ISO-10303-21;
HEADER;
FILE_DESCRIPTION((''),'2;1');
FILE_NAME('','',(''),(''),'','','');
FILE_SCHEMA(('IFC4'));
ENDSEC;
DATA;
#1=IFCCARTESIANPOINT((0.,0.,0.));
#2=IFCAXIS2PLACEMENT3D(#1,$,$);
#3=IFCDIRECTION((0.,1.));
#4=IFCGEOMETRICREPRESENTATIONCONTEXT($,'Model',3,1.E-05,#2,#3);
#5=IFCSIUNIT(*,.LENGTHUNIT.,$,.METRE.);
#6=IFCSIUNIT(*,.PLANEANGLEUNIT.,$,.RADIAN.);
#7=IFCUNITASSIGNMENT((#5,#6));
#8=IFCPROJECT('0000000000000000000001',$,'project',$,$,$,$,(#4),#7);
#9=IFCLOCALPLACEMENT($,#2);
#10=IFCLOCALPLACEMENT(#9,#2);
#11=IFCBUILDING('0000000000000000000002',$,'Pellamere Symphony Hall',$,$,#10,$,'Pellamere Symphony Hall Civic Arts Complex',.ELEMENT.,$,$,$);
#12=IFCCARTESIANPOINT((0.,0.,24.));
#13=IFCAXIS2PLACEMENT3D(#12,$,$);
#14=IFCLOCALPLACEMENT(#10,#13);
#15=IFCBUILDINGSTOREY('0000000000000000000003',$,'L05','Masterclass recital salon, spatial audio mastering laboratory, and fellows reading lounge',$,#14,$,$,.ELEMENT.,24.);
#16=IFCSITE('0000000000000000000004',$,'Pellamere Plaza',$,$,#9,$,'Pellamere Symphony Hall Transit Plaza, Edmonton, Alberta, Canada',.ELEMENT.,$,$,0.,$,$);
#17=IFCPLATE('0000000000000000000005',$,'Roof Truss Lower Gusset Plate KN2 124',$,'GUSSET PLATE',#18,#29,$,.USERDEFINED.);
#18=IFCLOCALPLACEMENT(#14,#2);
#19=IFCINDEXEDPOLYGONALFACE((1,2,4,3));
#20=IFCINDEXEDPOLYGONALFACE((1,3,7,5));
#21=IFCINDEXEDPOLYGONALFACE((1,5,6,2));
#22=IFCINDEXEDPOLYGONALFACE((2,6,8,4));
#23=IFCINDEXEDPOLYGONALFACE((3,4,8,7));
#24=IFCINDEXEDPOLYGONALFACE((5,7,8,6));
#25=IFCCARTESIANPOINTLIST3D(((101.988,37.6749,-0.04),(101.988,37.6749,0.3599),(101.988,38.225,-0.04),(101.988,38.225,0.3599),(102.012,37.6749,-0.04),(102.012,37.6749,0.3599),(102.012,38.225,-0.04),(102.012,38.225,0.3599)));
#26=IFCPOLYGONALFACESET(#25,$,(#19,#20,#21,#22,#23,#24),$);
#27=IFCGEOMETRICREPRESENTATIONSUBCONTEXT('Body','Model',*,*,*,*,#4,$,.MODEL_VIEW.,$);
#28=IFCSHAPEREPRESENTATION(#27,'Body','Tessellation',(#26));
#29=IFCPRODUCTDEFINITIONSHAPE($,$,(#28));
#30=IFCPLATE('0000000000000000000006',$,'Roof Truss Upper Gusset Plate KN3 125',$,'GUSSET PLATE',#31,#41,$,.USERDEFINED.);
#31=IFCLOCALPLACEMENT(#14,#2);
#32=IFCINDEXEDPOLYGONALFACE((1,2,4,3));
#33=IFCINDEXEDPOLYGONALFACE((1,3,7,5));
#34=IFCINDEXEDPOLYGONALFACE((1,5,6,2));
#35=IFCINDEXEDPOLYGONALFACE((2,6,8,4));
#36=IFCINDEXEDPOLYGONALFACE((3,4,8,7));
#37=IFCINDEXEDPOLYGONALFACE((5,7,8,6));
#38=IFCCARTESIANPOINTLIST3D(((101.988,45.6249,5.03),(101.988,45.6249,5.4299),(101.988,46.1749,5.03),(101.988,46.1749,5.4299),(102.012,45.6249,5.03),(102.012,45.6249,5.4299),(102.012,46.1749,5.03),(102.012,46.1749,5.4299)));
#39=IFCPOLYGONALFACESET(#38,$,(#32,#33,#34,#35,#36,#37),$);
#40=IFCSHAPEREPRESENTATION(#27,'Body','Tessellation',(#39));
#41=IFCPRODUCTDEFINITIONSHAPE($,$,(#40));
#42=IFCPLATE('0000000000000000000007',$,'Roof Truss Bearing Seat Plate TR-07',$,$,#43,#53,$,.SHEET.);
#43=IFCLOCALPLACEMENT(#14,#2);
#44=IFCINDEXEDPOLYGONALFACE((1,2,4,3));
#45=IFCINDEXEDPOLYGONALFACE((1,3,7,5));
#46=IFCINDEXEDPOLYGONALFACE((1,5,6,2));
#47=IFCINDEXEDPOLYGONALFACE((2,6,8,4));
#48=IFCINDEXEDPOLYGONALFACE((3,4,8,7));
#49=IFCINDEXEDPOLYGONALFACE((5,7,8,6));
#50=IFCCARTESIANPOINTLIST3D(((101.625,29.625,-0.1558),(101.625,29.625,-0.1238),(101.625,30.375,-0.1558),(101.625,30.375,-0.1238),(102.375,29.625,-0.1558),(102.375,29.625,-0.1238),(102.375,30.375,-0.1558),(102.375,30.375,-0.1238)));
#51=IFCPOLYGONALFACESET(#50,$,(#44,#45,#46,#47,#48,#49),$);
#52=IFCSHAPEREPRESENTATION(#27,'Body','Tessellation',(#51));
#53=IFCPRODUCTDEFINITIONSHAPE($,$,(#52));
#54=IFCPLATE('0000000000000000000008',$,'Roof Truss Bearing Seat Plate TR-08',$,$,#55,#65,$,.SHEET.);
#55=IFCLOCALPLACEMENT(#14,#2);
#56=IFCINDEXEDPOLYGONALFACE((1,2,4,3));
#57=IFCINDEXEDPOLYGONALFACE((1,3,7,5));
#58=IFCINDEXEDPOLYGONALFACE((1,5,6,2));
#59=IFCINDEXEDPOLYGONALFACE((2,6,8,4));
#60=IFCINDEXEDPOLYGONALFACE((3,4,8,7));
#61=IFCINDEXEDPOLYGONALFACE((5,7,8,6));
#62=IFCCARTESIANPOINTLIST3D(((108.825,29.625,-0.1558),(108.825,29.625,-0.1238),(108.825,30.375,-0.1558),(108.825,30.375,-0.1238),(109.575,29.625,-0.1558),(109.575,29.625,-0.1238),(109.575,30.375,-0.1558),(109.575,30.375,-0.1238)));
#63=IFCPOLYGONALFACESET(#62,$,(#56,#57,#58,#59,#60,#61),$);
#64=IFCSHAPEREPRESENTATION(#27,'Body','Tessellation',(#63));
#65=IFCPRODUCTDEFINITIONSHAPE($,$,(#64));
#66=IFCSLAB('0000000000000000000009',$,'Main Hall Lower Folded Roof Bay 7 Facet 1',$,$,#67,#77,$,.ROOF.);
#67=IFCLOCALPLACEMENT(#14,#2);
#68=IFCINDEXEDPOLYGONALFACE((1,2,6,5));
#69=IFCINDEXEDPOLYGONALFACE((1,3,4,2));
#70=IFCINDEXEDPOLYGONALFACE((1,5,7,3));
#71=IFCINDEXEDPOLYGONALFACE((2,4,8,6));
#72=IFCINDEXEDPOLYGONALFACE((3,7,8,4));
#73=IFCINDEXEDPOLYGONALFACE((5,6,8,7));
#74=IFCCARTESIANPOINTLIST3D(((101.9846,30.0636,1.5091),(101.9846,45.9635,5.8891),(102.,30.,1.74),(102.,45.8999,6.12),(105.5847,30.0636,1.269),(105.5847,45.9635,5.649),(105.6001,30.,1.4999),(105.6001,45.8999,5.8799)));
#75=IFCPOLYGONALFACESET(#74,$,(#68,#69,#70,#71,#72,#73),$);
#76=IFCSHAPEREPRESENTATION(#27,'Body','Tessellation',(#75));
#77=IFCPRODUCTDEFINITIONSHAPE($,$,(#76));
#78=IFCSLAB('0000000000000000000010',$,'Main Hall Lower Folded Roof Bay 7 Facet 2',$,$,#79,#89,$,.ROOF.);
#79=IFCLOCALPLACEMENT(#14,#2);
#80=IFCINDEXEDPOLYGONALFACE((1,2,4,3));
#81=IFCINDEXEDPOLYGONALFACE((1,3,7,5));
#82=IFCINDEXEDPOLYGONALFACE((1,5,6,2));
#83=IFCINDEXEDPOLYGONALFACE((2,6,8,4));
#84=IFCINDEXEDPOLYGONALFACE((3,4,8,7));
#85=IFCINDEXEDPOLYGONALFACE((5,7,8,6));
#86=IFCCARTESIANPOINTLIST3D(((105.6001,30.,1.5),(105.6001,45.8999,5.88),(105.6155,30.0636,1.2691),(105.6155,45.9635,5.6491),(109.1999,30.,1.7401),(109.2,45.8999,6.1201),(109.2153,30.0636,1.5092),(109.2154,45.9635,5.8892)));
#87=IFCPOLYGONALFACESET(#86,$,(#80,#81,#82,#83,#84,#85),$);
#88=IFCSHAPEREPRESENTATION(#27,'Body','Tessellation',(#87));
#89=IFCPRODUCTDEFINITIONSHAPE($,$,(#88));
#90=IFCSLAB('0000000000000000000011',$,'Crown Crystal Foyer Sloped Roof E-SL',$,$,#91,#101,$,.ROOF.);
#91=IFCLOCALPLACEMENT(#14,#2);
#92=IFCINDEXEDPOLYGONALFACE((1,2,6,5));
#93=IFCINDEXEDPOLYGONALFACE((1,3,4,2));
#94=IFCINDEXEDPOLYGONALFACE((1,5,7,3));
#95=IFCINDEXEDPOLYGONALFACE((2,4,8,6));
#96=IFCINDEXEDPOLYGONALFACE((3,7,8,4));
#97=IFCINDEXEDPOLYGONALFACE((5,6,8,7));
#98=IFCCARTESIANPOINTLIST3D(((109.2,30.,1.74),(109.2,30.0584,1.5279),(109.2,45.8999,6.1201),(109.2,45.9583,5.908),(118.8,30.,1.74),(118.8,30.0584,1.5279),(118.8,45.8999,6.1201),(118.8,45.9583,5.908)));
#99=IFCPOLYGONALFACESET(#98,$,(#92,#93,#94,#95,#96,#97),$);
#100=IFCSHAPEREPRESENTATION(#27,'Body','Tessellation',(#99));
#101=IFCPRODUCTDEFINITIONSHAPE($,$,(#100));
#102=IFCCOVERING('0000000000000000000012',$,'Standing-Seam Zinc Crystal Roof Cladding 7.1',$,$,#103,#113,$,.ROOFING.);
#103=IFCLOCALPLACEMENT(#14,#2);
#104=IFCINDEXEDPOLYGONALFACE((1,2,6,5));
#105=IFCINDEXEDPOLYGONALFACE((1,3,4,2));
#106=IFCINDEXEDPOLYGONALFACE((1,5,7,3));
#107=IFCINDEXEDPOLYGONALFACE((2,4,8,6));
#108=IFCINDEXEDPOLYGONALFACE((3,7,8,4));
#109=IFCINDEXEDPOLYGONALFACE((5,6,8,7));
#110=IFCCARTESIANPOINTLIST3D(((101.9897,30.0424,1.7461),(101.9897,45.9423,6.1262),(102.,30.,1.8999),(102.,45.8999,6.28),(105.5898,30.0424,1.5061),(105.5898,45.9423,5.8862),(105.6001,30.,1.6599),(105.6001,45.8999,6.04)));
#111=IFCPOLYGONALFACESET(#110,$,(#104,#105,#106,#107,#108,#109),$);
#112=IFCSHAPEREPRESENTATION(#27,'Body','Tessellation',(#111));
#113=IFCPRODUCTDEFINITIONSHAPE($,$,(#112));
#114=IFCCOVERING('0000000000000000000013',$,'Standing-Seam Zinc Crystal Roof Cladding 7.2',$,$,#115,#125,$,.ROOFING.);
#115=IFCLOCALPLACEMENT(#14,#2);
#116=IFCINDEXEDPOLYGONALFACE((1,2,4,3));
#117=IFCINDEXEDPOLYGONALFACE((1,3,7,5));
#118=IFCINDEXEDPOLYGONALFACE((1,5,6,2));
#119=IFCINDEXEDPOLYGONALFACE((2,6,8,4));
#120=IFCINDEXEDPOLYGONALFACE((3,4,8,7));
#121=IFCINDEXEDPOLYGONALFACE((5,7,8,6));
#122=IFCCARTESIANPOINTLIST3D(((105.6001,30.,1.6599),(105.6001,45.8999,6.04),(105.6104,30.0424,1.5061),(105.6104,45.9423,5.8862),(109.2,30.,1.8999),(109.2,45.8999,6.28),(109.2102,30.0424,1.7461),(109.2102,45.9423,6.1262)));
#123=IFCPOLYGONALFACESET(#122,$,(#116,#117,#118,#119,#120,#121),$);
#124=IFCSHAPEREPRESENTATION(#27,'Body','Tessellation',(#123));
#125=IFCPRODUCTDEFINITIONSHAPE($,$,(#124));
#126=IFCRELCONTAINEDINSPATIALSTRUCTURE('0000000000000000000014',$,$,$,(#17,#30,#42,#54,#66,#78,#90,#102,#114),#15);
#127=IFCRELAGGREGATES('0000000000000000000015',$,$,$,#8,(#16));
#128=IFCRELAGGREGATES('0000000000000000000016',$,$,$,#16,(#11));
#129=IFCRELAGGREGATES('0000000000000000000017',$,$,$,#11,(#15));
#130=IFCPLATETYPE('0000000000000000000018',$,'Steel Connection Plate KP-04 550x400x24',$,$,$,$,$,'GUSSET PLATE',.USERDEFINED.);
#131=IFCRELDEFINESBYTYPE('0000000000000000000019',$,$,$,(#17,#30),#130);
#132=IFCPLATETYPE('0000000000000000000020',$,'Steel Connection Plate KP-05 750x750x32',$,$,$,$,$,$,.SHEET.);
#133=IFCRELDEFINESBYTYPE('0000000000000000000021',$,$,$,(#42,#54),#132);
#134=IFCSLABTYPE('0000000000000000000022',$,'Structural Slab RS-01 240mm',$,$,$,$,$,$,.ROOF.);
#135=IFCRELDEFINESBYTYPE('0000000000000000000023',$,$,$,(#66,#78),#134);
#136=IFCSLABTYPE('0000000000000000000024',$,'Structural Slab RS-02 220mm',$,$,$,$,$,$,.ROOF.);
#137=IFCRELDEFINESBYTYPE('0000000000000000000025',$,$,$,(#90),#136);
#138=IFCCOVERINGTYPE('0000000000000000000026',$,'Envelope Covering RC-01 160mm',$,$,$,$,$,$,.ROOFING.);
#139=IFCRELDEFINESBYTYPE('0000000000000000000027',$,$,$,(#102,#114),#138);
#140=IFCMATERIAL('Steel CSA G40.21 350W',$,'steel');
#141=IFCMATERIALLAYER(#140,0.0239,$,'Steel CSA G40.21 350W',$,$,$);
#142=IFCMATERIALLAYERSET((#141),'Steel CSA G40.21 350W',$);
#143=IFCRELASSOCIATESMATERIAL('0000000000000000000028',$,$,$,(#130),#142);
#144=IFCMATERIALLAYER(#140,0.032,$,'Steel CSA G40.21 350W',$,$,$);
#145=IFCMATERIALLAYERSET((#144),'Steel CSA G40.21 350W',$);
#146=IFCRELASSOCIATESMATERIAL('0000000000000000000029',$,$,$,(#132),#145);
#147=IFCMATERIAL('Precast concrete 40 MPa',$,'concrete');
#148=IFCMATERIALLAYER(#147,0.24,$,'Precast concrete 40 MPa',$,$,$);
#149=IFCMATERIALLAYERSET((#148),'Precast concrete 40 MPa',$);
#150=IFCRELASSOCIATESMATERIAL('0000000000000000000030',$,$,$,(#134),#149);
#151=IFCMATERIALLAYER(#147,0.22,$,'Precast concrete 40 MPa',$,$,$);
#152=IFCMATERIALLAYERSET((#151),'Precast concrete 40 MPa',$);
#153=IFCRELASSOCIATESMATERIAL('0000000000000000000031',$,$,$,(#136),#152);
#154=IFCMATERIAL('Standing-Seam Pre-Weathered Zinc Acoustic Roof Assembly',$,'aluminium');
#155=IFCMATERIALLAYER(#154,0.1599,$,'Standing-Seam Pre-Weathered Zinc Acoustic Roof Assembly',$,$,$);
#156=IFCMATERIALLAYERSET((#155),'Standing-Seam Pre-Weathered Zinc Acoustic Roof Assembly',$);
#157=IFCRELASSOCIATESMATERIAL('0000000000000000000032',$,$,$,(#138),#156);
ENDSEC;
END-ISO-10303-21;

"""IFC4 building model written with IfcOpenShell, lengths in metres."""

from ifc_helpers import new_model, si_unit, direction, frame, origin, origin_2d, place, context, subcontext, project, spatial, polyline, rectangle, outline, extrude, material, layer, layer_set, type_object, element, save


model = new_model("IFC4")

# Units and contexts
model_context = context("Model", 3, precision=1e-05, world=origin(), true_north=direction((0.0, 1.0)))
body_context = subcontext(model_context, "Body", "Model", "MODEL_VIEW")
ifc_project = project(units=[si_unit("LENGTHUNIT", "METRE"), si_unit("PLANEANGLEUNIT", "RADIAN")], contexts=[model_context])

# Site, building, storey
site_placement = place(None, origin())
site = spatial("IfcSite", under=ifc_project, at=site_placement, Name="Pellamere Plaza", LongName="Pellamere Symphony Hall Transit Plaza, Edmonton, Alberta, Canada", CompositionType="ELEMENT", RefElevation=0.0)
building_placement = place(site_placement, origin())
building = spatial("IfcBuilding", under=site, at=building_placement, Name="Pellamere Symphony Hall", LongName="Pellamere Symphony Hall Civic Arts Complex", CompositionType="ELEMENT")
storey_placement = place(building_placement, frame((0.0, 0.0, 24.0)))
storey = spatial("IfcBuildingStorey", under=building, at=storey_placement, Name="L05", Description="Masterclass recital salon, spatial audio mastering laboratory, and fellows reading lounge", CompositionType="ELEMENT", Elevation=24.0)

# Shared definitions
ifc_material_1 = material(Name="Steel CSA G40.21 350W", Category="steel")

# Plates
ifc_layer_1 = layer(ifc_material_1, 0.0239, Name="Steel CSA G40.21 350W")
ifc_layer_set_1 = layer_set([ifc_layer_1], Name="Steel CSA G40.21 350W")
plate_type_1 = type_object("IfcPlateType", Name="Steel Connection Plate KP-04 550x400x24", ElementType="GUSSET PLATE", PredefinedType="USERDEFINED", material=ifc_layer_set_1)
for number, where, z_axis, x_axis, name in (
    (1, (102.0, 37.95, -0.04), (0.0, 0.0, 1.0), (1.0, 0.0, 0.0), "Roof Truss Lower Gusset Plate KN2 124"),
    (2, (102.0, 45.8999, 5.03), (0.0, 0.0, 1.0), (1.0, 0.0, 0.0), "Roof Truss Upper Gusset Plate KN3 125"),
):
    element("IfcPlate", number, at=place(storey_placement, frame(where, z_axis=z_axis, x_axis=x_axis)), inside=storey, type_object=plate_type_1, Name=name, ObjectType="GUSSET PLATE", PredefinedType="USERDEFINED", context=body_context, shape_type="SweptSolid", body=[
        extrude(rectangle(XDim=0.0239, YDim=0.55, at=origin_2d()), origin(), (0.0, 0.0, 1.0), 0.3999),
    ])
ifc_layer_2 = layer(ifc_material_1, 0.032, Name="Steel CSA G40.21 350W")
ifc_layer_set_2 = layer_set([ifc_layer_2], Name="Steel CSA G40.21 350W")
plate_type_2 = type_object("IfcPlateType", Name="Steel Connection Plate KP-05 750x750x32", PredefinedType="SHEET", material=ifc_layer_set_2)
for number, where, z_axis, x_axis, name in (
    (3, (102.0, 30.0, -0.1558), (0.0, 0.0, 1.0), (1.0, 0.0, 0.0), "Roof Truss Bearing Seat Plate TR-07"),
    (4, (109.2, 30.0, -0.1558), (0.0, 0.0, 1.0), (1.0, 0.0, 0.0), "Roof Truss Bearing Seat Plate TR-08"),
):
    element("IfcPlate", number, at=place(storey_placement, frame(where, z_axis=z_axis, x_axis=x_axis)), inside=storey, type_object=plate_type_2, Name=name, PredefinedType="SHEET", context=body_context, shape_type="SweptSolid", body=[
        extrude(rectangle(XDim=0.75, YDim=0.75, at=origin_2d()), origin(), (0.0, 0.0, 1.0), 0.032),
    ])

# Slabs
ifc_material_2 = material(Name="Precast concrete 40 MPa", Category="concrete")
ifc_layer_3 = layer(ifc_material_2, 0.24, Name="Precast concrete 40 MPa")
ifc_layer_set_3 = layer_set([ifc_layer_3], Name="Precast concrete 40 MPa")
slab_type_1 = type_object("IfcSlabType", Name="Structural Slab RS-01 240mm", PredefinedType="ROOF", material=ifc_layer_set_3)
slab_1_placement = place(storey_placement, frame((102.0, 30.0, 1.74), z_axis=(0.064168, -0.265034, 0.962102), x_axis=(0.997783, 0.000009, -0.066546)))
element("IfcSlab", 5, at=slab_1_placement, inside=storey, type_object=slab_type_1, Name="Main Hall Lower Folded Roof Bay 7 Facet 1", PredefinedType="ROOF", context=body_context, shape_type="SweptSolid", body=[
    extrude(outline(polyline([(0.0, 0.0), (3.6081, 0.0), (3.3168, 16.4896), (-0.2913, 16.4896), (0.0, 0.0)])), origin(), (0.0, 0.0, -1.0), 0.24),
])
slab_2_placement = place(storey_placement, frame((105.6001, 30.0, 1.5), z_axis=(-0.064173, -0.265034, 0.962101), x_axis=(0.997783, -0.000009, 0.06655)))
element("IfcSlab", 6, at=slab_2_placement, inside=storey, type_object=slab_type_1, Name="Main Hall Lower Folded Roof Bay 7 Facet 2", PredefinedType="ROOF", context=body_context, shape_type="SweptSolid", body=[
    extrude(outline(polyline([(0.0, 0.0), (3.6078, 0.0), (3.8992, 16.4896), (0.2913, 16.4896), (0.0, 0.0)])), origin(), (0.0, 0.0, -1.0), 0.24),
])
ifc_layer_4 = layer(ifc_material_2, 0.22, Name="Precast concrete 40 MPa")
ifc_layer_set_4 = layer_set([ifc_layer_4], Name="Precast concrete 40 MPa")
slab_type_2 = type_object("IfcSlabType", Name="Structural Slab RS-02 220mm", PredefinedType="ROOF", material=ifc_layer_set_4)
slab_3_placement = place(storey_placement, frame((109.2, 30.0, 1.74), z_axis=(0.0, -0.265588, 0.964087), x_axis=(1.0, 0.0, 0.0)))
element("IfcSlab", 7, at=slab_3_placement, inside=storey, type_object=slab_type_2, Name="Crown Crystal Foyer Sloped Roof E-SL", PredefinedType="ROOF", context=body_context, shape_type="SweptSolid", body=[
    extrude(outline(polyline([(0.0, 0.0), (9.6001, 0.0), (9.6001, 16.4922), (0.0, 16.4922), (0.0, 0.0)])), origin(), (0.0, 0.0, -1.0), 0.22),
])

# Coverings
ifc_material_3 = material(Name="Standing-Seam Pre-Weathered Zinc Acoustic Roof Assembly", Category="aluminium")
ifc_layer_5 = layer(ifc_material_3, 0.1599, Name="Standing-Seam Pre-Weathered Zinc Acoustic Roof Assembly")
ifc_layer_set_5 = layer_set([ifc_layer_5], Name="Standing-Seam Pre-Weathered Zinc Acoustic Roof Assembly")
covering_type = type_object("IfcCoveringType", Name="Envelope Covering RC-01 160mm", PredefinedType="ROOFING", material=ifc_layer_set_5)
covering_1_placement = place(storey_placement, frame((102.0, 30.0, 1.8999), z_axis=(0.064136, -0.265041, 0.962102), x_axis=(0.997785, 0.0, -0.066515)))
element("IfcCovering", 8, at=covering_1_placement, inside=storey, type_object=covering_type, Name="Standing-Seam Zinc Crystal Roof Cladding 7.1", PredefinedType="ROOFING", context=body_context, shape_type="SweptSolid", body=[
    extrude(outline(polyline([(0.0, 0.0), (3.6081, 0.0), (3.3167, 16.4896), (-0.2913, 16.4896), (0.0, 0.0)])), origin(), (0.0, 0.0, -1.0), 0.1599),
])
covering_2_placement = place(storey_placement, frame((105.6001, 30.0, 1.6599), z_axis=(-0.06414, -0.265041, 0.962101), x_axis=(0.997785, 0.0, 0.066519)))
element("IfcCovering", 9, at=covering_2_placement, inside=storey, type_object=covering_type, Name="Standing-Seam Zinc Crystal Roof Cladding 7.2", PredefinedType="ROOFING", context=body_context, shape_type="SweptSolid", body=[
    extrude(outline(polyline([(0.0, 0.0), (3.6078, 0.0), (3.8992, 16.4896), (0.2914, 16.4896), (0.0, 0.0)])), origin(), (0.0, 0.0, -1.0), 0.1599),
])

save(model, "model.ifc")
